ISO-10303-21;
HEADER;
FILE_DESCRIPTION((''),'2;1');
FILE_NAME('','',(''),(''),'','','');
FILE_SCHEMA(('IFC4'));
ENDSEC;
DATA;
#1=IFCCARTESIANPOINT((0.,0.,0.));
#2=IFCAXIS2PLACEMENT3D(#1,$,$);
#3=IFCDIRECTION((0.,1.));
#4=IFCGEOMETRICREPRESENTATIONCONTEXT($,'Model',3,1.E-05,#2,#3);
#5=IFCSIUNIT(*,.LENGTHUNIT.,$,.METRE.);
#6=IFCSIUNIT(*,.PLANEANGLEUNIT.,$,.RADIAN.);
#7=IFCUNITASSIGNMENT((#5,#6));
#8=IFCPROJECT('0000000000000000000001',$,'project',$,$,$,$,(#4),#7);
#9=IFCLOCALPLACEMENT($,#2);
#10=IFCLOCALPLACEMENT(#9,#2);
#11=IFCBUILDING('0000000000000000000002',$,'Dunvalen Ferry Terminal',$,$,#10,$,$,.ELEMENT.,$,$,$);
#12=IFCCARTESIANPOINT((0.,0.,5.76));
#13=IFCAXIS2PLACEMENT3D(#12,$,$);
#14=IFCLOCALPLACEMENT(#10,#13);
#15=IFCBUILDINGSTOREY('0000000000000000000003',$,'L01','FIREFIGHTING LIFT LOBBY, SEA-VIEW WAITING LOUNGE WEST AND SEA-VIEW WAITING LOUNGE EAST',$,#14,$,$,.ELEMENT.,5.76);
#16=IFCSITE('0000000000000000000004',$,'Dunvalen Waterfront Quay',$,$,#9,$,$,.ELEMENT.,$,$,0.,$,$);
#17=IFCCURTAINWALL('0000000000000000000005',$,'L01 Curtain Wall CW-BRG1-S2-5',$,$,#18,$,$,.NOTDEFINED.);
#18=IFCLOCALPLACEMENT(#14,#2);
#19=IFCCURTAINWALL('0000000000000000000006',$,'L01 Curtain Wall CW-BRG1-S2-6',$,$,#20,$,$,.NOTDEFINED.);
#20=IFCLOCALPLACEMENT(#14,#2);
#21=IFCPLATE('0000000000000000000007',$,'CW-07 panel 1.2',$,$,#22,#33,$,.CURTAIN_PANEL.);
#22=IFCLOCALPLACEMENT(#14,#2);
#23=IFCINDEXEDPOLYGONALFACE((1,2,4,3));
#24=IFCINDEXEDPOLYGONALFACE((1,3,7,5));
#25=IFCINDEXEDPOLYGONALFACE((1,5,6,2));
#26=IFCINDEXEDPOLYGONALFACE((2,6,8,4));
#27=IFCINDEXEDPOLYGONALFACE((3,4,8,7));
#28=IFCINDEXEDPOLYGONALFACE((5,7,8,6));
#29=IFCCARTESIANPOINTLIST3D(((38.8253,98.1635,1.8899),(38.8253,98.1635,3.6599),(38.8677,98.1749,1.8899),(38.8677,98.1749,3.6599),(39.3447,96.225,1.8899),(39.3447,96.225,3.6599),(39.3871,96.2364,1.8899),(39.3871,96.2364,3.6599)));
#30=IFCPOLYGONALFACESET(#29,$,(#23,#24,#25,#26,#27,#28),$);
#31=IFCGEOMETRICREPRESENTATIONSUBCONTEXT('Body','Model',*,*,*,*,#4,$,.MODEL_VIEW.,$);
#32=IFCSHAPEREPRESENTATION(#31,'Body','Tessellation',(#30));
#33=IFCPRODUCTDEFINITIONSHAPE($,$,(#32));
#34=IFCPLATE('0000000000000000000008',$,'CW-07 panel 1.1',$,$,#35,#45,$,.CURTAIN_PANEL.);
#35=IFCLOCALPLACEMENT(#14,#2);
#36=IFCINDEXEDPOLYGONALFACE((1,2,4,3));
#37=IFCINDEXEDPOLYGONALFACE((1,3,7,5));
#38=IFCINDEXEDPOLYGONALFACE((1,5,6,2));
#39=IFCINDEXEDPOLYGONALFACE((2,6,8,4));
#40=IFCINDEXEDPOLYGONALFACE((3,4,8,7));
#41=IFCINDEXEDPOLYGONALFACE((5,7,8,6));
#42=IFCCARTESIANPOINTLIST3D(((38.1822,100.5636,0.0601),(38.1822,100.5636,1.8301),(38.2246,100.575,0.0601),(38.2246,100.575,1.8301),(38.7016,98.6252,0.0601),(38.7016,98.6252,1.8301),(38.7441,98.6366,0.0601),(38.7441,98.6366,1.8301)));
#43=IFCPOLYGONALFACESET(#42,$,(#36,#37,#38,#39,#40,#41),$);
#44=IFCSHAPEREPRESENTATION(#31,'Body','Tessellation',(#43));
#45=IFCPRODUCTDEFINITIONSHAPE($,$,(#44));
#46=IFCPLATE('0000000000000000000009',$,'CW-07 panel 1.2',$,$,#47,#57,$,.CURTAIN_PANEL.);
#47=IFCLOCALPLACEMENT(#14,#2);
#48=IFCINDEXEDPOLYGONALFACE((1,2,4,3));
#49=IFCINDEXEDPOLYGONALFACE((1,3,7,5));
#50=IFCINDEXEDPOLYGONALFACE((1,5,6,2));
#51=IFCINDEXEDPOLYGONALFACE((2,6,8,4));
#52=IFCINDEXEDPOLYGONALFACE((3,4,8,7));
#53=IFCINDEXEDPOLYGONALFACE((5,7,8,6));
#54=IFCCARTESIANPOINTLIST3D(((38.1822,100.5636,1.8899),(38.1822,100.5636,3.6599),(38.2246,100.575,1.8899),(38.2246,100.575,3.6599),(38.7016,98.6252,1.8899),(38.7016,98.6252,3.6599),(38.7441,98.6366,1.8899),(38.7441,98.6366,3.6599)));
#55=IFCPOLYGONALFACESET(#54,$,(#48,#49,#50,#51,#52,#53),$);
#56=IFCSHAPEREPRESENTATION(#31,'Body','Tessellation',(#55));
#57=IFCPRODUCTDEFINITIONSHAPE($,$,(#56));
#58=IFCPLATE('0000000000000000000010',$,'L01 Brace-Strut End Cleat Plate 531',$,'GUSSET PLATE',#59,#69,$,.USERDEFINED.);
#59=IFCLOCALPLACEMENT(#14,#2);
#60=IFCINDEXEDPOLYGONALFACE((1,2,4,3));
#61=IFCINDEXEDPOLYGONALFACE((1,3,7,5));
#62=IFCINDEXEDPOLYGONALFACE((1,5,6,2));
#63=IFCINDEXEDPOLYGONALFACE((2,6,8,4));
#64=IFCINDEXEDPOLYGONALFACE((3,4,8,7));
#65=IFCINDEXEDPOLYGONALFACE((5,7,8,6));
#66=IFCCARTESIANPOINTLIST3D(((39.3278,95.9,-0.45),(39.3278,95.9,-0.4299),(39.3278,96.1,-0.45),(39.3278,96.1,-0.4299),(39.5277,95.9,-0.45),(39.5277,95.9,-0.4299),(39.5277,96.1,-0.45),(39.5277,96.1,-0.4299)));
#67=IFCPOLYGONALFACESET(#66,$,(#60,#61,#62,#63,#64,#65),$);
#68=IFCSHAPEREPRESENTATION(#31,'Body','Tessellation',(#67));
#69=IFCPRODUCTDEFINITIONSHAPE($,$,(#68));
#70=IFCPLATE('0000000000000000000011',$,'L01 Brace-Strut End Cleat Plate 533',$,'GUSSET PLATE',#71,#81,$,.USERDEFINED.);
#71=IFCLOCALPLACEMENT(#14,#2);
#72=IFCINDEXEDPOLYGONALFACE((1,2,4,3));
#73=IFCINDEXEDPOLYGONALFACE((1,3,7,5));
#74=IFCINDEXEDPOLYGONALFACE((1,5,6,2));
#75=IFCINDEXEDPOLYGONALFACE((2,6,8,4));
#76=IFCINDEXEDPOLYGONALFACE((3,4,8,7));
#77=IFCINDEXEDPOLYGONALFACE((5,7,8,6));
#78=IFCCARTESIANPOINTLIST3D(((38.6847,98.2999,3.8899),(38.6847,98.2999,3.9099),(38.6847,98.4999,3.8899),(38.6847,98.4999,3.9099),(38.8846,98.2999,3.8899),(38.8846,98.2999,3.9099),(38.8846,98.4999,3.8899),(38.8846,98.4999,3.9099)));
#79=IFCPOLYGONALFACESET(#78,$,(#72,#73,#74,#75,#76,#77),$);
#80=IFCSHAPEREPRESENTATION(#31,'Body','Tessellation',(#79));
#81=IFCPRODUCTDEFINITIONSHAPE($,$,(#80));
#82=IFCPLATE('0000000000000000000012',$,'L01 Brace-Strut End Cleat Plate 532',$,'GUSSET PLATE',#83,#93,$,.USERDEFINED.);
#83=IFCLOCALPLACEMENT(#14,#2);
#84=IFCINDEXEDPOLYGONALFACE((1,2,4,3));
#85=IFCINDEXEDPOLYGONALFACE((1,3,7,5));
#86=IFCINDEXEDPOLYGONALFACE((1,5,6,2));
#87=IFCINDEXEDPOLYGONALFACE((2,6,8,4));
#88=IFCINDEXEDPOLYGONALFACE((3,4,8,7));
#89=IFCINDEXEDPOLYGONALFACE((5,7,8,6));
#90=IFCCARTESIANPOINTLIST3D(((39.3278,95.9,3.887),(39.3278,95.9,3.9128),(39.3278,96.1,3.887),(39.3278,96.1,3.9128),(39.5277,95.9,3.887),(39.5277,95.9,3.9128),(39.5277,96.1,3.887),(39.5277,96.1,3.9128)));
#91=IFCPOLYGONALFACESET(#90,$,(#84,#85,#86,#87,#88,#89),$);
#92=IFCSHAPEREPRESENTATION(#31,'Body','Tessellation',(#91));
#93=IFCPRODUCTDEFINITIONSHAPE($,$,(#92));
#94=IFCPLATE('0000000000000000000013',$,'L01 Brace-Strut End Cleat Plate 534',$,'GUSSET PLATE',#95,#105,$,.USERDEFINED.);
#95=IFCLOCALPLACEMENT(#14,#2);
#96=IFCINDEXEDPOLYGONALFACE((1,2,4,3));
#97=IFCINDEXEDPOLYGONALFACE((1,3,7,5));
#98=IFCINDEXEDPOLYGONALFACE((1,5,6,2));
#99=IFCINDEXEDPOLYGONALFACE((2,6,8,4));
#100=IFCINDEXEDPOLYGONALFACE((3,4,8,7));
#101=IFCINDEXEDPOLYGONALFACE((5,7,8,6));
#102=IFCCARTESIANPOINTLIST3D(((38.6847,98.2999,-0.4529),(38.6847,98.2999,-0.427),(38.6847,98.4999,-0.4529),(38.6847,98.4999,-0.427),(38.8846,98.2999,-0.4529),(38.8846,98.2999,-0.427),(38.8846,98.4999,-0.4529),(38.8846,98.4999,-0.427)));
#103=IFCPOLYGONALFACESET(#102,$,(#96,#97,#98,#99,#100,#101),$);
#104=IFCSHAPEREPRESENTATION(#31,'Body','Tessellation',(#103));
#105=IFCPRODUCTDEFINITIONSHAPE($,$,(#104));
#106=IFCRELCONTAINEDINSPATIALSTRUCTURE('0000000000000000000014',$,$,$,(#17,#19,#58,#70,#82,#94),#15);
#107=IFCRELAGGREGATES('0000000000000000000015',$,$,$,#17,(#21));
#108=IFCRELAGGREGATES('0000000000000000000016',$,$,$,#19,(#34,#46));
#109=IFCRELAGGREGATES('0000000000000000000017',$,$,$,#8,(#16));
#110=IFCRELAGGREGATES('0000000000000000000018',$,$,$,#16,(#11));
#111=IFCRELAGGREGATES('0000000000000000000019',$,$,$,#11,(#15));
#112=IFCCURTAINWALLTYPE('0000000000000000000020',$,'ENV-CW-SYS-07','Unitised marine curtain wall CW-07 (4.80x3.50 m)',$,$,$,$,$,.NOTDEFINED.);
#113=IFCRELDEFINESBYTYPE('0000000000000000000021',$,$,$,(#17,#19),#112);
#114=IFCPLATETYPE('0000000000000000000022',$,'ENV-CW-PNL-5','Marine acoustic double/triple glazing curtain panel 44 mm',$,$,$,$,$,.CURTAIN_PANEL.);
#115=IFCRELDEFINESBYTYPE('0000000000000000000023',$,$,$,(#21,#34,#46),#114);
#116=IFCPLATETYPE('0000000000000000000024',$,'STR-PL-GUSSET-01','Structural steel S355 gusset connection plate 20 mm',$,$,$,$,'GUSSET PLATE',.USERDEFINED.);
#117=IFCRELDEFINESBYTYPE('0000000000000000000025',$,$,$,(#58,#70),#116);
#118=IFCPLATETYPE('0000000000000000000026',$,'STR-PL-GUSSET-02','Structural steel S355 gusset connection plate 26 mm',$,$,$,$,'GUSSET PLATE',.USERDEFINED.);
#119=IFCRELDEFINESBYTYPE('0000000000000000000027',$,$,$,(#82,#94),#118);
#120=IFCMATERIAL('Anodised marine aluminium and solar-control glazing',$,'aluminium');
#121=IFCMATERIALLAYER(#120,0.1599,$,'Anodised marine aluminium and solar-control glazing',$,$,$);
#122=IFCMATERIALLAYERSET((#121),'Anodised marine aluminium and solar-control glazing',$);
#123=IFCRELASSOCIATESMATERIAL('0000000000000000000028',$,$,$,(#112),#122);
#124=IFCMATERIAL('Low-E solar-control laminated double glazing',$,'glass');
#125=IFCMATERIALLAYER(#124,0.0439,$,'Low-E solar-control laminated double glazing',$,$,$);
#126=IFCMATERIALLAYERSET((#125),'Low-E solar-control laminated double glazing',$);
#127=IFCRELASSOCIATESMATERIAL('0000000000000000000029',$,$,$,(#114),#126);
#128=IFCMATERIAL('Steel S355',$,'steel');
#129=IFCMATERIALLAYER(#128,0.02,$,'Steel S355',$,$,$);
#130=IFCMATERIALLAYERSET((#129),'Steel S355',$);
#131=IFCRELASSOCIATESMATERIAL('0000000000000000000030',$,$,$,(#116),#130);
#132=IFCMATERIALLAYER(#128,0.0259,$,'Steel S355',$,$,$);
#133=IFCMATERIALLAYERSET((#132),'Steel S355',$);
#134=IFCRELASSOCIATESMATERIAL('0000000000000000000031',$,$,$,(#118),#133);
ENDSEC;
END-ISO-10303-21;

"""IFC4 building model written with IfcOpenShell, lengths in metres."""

from ifc_helpers import new_model, si_unit, direction, frame, origin, origin_2d, place, context, subcontext, project, spatial, rectangle, extrude, material, layer, layer_set, type_object, element, aggregate, save


model = new_model("IFC4")

# Units and contexts
model_context = context("Model", 3, precision=1e-05, world=origin(), true_north=direction((0.0, 1.0)))
body_context = subcontext(model_context, "Body", "Model", "MODEL_VIEW")
ifc_project = project(units=[si_unit("LENGTHUNIT", "METRE"), si_unit("PLANEANGLEUNIT", "RADIAN")], contexts=[model_context])

# Site, building, storey
site_placement = place(None, origin())
site = spatial("IfcSite", under=ifc_project, at=site_placement, Name="Dunvalen Waterfront Quay", CompositionType="ELEMENT", RefElevation=0.0)
building_placement = place(site_placement, origin())
building = spatial("IfcBuilding", under=site, at=building_placement, Name="Dunvalen Ferry Terminal", CompositionType="ELEMENT")
storey_placement = place(building_placement, frame((0.0, 0.0, 5.76)))
storey = spatial("IfcBuildingStorey", under=building, at=storey_placement, Name="L01", Description="FIREFIGHTING LIFT LOBBY, SEA-VIEW WAITING LOUNGE WEST AND SEA-VIEW WAITING LOUNGE EAST", CompositionType="ELEMENT", Elevation=5.76)

# Shared definitions
ifc_material_1 = material(Name="Anodised marine aluminium and solar-control glazing", Category="aluminium")
ifc_layer_1 = layer(ifc_material_1, 0.1599, Name="Anodised marine aluminium and solar-control glazing")
ifc_layer_set_1 = layer_set([ifc_layer_1], Name="Anodised marine aluminium and solar-control glazing")
curtain_wall_type_1 = type_object("IfcCurtainWallType", Name="ENV-CW-SYS-07", Description="Unitised marine curtain wall CW-07 (4.80x3.50 m)", PredefinedType="NOTDEFINED", material=ifc_layer_set_1)

# Curtain walls
curtain_wall_1_placement = place(storey_placement, origin())
curtain_wall_1 = element("IfcCurtainWall", 1, at=curtain_wall_1_placement, inside=storey, type_object=curtain_wall_type_1, Name="L01 Curtain Wall CW-BRG1-S2-5", PredefinedType="NOTDEFINED")
curtain_wall_2_placement = place(storey_placement, origin())
curtain_wall_2 = element("IfcCurtainWall", 2, at=curtain_wall_2_placement, inside=storey, type_object=curtain_wall_type_1, Name="L01 Curtain Wall CW-BRG1-S2-6", PredefinedType="NOTDEFINED")

# Shared definitions
ifc_material_2 = material(Name="Steel S355", Category="steel")

# Plates
ifc_material_3 = material(Name="Low-E solar-control laminated double glazing", Category="glass")
ifc_layer_2 = layer(ifc_material_3, 0.0439, Name="Low-E solar-control laminated double glazing")
ifc_layer_set_2 = layer_set([ifc_layer_2], Name="Low-E solar-control laminated double glazing")
plate_type_1 = type_object("IfcPlateType", Name="ENV-CW-PNL-5", Description="Marine acoustic double/triple glazing curtain panel 44 mm", PredefinedType="CURTAIN_PANEL", material=ifc_layer_set_2)
plate_1_placement = place(storey_placement, frame((39.1062, 97.2, 1.8899), z_axis=(0.0, 0.0, 1.0), x_axis=(-0.25883, 0.965923, 0.0)))
plate_1 = element("IfcPlate", 3, at=plate_1_placement, type_object=plate_type_1, Name="CW-07 panel 1.2", PredefinedType="CURTAIN_PANEL", context=body_context, shape_type="SweptSolid", body=[
    extrude(rectangle(XDim=2.0068, YDim=0.0439, at=origin_2d()), origin(), (0.0, 0.0, 1.0), 1.77),
])
aggregate(curtain_wall_1, [plate_1])
plate_2_placement = place(storey_placement, frame((38.4631, 99.6001, 0.0601), z_axis=(0.0, 0.0, 1.0), x_axis=(-0.25883, 0.965923, 0.0)))
plate_2 = element("IfcPlate", 4, at=plate_2_placement, type_object=plate_type_1, Name="CW-07 panel 1.1", PredefinedType="CURTAIN_PANEL", context=body_context, shape_type="SweptSolid", body=[
    extrude(rectangle(XDim=2.0068, YDim=0.0439, at=origin_2d()), origin(), (0.0, 0.0, 1.0), 1.77),
])
plate_3_placement = place(storey_placement, frame((38.4631, 99.6001, 1.8899), z_axis=(0.0, 0.0, 1.0), x_axis=(-0.25883, 0.965923, 0.0)))
plate_3 = element("IfcPlate", 5, at=plate_3_placement, type_object=plate_type_1, Name="CW-07 panel 1.2", PredefinedType="CURTAIN_PANEL", context=body_context, shape_type="SweptSolid", body=[
    extrude(rectangle(XDim=2.0068, YDim=0.0439, at=origin_2d()), origin(), (0.0, 0.0, 1.0), 1.77),
])
aggregate(curtain_wall_2, [plate_2, plate_3])

# Plates
ifc_layer_3 = layer(ifc_material_2, 0.02, Name="Steel S355")
ifc_layer_set_3 = layer_set([ifc_layer_3], Name="Steel S355")
plate_type_2 = type_object("IfcPlateType", Name="STR-PL-GUSSET-01", Description="Structural steel S355 gusset connection plate 20 mm", ElementType="GUSSET PLATE", PredefinedType="USERDEFINED", material=ifc_layer_set_3)
for number, where, z_axis, x_axis, name in (
    (6, (39.4277, 96.0, -0.45), (0.0, 0.0, 1.0), (1.0, 0.0, 0.0), "L01 Brace-Strut End Cleat Plate 531"),
    (7, (38.7847, 98.3999, 3.8899), (0.0, 0.0, 1.0), (1.0, 0.0, 0.0), "L01 Brace-Strut End Cleat Plate 533"),
):
    element("IfcPlate", number, at=place(storey_placement, frame(where, z_axis=z_axis, x_axis=x_axis)), inside=storey, type_object=plate_type_2, Name=name, ObjectType="GUSSET PLATE", PredefinedType="USERDEFINED", context=body_context, shape_type="SweptSolid", body=[
        extrude(rectangle(XDim=0.2, YDim=0.2, at=origin_2d()), origin(), (0.0, 0.0, 1.0), 0.02),
    ])
ifc_layer_4 = layer(ifc_material_2, 0.0259, Name="Steel S355")
ifc_layer_set_4 = layer_set([ifc_layer_4], Name="Steel S355")
plate_type_3 = type_object("IfcPlateType", Name="STR-PL-GUSSET-02", Description="Structural steel S355 gusset connection plate 26 mm", ElementType="GUSSET PLATE", PredefinedType="USERDEFINED", material=ifc_layer_set_4)
for number, where, z_axis, x_axis, name in (
    (8, (39.4277, 96.0, 3.887), (0.0, 0.0, 1.0), (1.0, 0.0, 0.0), "L01 Brace-Strut End Cleat Plate 532"),
    (9, (38.7847, 98.3999, -0.4529), (0.0, 0.0, 1.0), (1.0, 0.0, 0.0), "L01 Brace-Strut End Cleat Plate 534"),
):
    element("IfcPlate", number, at=place(storey_placement, frame(where, z_axis=z_axis, x_axis=x_axis)), inside=storey, type_object=plate_type_3, Name=name, ObjectType="GUSSET PLATE", PredefinedType="USERDEFINED", context=body_context, shape_type="SweptSolid", body=[
        extrude(rectangle(XDim=0.2, YDim=0.2, at=origin_2d()), origin(), (0.0, 0.0, 1.0), 0.0259),
    ])

save(model, "model.ifc")
